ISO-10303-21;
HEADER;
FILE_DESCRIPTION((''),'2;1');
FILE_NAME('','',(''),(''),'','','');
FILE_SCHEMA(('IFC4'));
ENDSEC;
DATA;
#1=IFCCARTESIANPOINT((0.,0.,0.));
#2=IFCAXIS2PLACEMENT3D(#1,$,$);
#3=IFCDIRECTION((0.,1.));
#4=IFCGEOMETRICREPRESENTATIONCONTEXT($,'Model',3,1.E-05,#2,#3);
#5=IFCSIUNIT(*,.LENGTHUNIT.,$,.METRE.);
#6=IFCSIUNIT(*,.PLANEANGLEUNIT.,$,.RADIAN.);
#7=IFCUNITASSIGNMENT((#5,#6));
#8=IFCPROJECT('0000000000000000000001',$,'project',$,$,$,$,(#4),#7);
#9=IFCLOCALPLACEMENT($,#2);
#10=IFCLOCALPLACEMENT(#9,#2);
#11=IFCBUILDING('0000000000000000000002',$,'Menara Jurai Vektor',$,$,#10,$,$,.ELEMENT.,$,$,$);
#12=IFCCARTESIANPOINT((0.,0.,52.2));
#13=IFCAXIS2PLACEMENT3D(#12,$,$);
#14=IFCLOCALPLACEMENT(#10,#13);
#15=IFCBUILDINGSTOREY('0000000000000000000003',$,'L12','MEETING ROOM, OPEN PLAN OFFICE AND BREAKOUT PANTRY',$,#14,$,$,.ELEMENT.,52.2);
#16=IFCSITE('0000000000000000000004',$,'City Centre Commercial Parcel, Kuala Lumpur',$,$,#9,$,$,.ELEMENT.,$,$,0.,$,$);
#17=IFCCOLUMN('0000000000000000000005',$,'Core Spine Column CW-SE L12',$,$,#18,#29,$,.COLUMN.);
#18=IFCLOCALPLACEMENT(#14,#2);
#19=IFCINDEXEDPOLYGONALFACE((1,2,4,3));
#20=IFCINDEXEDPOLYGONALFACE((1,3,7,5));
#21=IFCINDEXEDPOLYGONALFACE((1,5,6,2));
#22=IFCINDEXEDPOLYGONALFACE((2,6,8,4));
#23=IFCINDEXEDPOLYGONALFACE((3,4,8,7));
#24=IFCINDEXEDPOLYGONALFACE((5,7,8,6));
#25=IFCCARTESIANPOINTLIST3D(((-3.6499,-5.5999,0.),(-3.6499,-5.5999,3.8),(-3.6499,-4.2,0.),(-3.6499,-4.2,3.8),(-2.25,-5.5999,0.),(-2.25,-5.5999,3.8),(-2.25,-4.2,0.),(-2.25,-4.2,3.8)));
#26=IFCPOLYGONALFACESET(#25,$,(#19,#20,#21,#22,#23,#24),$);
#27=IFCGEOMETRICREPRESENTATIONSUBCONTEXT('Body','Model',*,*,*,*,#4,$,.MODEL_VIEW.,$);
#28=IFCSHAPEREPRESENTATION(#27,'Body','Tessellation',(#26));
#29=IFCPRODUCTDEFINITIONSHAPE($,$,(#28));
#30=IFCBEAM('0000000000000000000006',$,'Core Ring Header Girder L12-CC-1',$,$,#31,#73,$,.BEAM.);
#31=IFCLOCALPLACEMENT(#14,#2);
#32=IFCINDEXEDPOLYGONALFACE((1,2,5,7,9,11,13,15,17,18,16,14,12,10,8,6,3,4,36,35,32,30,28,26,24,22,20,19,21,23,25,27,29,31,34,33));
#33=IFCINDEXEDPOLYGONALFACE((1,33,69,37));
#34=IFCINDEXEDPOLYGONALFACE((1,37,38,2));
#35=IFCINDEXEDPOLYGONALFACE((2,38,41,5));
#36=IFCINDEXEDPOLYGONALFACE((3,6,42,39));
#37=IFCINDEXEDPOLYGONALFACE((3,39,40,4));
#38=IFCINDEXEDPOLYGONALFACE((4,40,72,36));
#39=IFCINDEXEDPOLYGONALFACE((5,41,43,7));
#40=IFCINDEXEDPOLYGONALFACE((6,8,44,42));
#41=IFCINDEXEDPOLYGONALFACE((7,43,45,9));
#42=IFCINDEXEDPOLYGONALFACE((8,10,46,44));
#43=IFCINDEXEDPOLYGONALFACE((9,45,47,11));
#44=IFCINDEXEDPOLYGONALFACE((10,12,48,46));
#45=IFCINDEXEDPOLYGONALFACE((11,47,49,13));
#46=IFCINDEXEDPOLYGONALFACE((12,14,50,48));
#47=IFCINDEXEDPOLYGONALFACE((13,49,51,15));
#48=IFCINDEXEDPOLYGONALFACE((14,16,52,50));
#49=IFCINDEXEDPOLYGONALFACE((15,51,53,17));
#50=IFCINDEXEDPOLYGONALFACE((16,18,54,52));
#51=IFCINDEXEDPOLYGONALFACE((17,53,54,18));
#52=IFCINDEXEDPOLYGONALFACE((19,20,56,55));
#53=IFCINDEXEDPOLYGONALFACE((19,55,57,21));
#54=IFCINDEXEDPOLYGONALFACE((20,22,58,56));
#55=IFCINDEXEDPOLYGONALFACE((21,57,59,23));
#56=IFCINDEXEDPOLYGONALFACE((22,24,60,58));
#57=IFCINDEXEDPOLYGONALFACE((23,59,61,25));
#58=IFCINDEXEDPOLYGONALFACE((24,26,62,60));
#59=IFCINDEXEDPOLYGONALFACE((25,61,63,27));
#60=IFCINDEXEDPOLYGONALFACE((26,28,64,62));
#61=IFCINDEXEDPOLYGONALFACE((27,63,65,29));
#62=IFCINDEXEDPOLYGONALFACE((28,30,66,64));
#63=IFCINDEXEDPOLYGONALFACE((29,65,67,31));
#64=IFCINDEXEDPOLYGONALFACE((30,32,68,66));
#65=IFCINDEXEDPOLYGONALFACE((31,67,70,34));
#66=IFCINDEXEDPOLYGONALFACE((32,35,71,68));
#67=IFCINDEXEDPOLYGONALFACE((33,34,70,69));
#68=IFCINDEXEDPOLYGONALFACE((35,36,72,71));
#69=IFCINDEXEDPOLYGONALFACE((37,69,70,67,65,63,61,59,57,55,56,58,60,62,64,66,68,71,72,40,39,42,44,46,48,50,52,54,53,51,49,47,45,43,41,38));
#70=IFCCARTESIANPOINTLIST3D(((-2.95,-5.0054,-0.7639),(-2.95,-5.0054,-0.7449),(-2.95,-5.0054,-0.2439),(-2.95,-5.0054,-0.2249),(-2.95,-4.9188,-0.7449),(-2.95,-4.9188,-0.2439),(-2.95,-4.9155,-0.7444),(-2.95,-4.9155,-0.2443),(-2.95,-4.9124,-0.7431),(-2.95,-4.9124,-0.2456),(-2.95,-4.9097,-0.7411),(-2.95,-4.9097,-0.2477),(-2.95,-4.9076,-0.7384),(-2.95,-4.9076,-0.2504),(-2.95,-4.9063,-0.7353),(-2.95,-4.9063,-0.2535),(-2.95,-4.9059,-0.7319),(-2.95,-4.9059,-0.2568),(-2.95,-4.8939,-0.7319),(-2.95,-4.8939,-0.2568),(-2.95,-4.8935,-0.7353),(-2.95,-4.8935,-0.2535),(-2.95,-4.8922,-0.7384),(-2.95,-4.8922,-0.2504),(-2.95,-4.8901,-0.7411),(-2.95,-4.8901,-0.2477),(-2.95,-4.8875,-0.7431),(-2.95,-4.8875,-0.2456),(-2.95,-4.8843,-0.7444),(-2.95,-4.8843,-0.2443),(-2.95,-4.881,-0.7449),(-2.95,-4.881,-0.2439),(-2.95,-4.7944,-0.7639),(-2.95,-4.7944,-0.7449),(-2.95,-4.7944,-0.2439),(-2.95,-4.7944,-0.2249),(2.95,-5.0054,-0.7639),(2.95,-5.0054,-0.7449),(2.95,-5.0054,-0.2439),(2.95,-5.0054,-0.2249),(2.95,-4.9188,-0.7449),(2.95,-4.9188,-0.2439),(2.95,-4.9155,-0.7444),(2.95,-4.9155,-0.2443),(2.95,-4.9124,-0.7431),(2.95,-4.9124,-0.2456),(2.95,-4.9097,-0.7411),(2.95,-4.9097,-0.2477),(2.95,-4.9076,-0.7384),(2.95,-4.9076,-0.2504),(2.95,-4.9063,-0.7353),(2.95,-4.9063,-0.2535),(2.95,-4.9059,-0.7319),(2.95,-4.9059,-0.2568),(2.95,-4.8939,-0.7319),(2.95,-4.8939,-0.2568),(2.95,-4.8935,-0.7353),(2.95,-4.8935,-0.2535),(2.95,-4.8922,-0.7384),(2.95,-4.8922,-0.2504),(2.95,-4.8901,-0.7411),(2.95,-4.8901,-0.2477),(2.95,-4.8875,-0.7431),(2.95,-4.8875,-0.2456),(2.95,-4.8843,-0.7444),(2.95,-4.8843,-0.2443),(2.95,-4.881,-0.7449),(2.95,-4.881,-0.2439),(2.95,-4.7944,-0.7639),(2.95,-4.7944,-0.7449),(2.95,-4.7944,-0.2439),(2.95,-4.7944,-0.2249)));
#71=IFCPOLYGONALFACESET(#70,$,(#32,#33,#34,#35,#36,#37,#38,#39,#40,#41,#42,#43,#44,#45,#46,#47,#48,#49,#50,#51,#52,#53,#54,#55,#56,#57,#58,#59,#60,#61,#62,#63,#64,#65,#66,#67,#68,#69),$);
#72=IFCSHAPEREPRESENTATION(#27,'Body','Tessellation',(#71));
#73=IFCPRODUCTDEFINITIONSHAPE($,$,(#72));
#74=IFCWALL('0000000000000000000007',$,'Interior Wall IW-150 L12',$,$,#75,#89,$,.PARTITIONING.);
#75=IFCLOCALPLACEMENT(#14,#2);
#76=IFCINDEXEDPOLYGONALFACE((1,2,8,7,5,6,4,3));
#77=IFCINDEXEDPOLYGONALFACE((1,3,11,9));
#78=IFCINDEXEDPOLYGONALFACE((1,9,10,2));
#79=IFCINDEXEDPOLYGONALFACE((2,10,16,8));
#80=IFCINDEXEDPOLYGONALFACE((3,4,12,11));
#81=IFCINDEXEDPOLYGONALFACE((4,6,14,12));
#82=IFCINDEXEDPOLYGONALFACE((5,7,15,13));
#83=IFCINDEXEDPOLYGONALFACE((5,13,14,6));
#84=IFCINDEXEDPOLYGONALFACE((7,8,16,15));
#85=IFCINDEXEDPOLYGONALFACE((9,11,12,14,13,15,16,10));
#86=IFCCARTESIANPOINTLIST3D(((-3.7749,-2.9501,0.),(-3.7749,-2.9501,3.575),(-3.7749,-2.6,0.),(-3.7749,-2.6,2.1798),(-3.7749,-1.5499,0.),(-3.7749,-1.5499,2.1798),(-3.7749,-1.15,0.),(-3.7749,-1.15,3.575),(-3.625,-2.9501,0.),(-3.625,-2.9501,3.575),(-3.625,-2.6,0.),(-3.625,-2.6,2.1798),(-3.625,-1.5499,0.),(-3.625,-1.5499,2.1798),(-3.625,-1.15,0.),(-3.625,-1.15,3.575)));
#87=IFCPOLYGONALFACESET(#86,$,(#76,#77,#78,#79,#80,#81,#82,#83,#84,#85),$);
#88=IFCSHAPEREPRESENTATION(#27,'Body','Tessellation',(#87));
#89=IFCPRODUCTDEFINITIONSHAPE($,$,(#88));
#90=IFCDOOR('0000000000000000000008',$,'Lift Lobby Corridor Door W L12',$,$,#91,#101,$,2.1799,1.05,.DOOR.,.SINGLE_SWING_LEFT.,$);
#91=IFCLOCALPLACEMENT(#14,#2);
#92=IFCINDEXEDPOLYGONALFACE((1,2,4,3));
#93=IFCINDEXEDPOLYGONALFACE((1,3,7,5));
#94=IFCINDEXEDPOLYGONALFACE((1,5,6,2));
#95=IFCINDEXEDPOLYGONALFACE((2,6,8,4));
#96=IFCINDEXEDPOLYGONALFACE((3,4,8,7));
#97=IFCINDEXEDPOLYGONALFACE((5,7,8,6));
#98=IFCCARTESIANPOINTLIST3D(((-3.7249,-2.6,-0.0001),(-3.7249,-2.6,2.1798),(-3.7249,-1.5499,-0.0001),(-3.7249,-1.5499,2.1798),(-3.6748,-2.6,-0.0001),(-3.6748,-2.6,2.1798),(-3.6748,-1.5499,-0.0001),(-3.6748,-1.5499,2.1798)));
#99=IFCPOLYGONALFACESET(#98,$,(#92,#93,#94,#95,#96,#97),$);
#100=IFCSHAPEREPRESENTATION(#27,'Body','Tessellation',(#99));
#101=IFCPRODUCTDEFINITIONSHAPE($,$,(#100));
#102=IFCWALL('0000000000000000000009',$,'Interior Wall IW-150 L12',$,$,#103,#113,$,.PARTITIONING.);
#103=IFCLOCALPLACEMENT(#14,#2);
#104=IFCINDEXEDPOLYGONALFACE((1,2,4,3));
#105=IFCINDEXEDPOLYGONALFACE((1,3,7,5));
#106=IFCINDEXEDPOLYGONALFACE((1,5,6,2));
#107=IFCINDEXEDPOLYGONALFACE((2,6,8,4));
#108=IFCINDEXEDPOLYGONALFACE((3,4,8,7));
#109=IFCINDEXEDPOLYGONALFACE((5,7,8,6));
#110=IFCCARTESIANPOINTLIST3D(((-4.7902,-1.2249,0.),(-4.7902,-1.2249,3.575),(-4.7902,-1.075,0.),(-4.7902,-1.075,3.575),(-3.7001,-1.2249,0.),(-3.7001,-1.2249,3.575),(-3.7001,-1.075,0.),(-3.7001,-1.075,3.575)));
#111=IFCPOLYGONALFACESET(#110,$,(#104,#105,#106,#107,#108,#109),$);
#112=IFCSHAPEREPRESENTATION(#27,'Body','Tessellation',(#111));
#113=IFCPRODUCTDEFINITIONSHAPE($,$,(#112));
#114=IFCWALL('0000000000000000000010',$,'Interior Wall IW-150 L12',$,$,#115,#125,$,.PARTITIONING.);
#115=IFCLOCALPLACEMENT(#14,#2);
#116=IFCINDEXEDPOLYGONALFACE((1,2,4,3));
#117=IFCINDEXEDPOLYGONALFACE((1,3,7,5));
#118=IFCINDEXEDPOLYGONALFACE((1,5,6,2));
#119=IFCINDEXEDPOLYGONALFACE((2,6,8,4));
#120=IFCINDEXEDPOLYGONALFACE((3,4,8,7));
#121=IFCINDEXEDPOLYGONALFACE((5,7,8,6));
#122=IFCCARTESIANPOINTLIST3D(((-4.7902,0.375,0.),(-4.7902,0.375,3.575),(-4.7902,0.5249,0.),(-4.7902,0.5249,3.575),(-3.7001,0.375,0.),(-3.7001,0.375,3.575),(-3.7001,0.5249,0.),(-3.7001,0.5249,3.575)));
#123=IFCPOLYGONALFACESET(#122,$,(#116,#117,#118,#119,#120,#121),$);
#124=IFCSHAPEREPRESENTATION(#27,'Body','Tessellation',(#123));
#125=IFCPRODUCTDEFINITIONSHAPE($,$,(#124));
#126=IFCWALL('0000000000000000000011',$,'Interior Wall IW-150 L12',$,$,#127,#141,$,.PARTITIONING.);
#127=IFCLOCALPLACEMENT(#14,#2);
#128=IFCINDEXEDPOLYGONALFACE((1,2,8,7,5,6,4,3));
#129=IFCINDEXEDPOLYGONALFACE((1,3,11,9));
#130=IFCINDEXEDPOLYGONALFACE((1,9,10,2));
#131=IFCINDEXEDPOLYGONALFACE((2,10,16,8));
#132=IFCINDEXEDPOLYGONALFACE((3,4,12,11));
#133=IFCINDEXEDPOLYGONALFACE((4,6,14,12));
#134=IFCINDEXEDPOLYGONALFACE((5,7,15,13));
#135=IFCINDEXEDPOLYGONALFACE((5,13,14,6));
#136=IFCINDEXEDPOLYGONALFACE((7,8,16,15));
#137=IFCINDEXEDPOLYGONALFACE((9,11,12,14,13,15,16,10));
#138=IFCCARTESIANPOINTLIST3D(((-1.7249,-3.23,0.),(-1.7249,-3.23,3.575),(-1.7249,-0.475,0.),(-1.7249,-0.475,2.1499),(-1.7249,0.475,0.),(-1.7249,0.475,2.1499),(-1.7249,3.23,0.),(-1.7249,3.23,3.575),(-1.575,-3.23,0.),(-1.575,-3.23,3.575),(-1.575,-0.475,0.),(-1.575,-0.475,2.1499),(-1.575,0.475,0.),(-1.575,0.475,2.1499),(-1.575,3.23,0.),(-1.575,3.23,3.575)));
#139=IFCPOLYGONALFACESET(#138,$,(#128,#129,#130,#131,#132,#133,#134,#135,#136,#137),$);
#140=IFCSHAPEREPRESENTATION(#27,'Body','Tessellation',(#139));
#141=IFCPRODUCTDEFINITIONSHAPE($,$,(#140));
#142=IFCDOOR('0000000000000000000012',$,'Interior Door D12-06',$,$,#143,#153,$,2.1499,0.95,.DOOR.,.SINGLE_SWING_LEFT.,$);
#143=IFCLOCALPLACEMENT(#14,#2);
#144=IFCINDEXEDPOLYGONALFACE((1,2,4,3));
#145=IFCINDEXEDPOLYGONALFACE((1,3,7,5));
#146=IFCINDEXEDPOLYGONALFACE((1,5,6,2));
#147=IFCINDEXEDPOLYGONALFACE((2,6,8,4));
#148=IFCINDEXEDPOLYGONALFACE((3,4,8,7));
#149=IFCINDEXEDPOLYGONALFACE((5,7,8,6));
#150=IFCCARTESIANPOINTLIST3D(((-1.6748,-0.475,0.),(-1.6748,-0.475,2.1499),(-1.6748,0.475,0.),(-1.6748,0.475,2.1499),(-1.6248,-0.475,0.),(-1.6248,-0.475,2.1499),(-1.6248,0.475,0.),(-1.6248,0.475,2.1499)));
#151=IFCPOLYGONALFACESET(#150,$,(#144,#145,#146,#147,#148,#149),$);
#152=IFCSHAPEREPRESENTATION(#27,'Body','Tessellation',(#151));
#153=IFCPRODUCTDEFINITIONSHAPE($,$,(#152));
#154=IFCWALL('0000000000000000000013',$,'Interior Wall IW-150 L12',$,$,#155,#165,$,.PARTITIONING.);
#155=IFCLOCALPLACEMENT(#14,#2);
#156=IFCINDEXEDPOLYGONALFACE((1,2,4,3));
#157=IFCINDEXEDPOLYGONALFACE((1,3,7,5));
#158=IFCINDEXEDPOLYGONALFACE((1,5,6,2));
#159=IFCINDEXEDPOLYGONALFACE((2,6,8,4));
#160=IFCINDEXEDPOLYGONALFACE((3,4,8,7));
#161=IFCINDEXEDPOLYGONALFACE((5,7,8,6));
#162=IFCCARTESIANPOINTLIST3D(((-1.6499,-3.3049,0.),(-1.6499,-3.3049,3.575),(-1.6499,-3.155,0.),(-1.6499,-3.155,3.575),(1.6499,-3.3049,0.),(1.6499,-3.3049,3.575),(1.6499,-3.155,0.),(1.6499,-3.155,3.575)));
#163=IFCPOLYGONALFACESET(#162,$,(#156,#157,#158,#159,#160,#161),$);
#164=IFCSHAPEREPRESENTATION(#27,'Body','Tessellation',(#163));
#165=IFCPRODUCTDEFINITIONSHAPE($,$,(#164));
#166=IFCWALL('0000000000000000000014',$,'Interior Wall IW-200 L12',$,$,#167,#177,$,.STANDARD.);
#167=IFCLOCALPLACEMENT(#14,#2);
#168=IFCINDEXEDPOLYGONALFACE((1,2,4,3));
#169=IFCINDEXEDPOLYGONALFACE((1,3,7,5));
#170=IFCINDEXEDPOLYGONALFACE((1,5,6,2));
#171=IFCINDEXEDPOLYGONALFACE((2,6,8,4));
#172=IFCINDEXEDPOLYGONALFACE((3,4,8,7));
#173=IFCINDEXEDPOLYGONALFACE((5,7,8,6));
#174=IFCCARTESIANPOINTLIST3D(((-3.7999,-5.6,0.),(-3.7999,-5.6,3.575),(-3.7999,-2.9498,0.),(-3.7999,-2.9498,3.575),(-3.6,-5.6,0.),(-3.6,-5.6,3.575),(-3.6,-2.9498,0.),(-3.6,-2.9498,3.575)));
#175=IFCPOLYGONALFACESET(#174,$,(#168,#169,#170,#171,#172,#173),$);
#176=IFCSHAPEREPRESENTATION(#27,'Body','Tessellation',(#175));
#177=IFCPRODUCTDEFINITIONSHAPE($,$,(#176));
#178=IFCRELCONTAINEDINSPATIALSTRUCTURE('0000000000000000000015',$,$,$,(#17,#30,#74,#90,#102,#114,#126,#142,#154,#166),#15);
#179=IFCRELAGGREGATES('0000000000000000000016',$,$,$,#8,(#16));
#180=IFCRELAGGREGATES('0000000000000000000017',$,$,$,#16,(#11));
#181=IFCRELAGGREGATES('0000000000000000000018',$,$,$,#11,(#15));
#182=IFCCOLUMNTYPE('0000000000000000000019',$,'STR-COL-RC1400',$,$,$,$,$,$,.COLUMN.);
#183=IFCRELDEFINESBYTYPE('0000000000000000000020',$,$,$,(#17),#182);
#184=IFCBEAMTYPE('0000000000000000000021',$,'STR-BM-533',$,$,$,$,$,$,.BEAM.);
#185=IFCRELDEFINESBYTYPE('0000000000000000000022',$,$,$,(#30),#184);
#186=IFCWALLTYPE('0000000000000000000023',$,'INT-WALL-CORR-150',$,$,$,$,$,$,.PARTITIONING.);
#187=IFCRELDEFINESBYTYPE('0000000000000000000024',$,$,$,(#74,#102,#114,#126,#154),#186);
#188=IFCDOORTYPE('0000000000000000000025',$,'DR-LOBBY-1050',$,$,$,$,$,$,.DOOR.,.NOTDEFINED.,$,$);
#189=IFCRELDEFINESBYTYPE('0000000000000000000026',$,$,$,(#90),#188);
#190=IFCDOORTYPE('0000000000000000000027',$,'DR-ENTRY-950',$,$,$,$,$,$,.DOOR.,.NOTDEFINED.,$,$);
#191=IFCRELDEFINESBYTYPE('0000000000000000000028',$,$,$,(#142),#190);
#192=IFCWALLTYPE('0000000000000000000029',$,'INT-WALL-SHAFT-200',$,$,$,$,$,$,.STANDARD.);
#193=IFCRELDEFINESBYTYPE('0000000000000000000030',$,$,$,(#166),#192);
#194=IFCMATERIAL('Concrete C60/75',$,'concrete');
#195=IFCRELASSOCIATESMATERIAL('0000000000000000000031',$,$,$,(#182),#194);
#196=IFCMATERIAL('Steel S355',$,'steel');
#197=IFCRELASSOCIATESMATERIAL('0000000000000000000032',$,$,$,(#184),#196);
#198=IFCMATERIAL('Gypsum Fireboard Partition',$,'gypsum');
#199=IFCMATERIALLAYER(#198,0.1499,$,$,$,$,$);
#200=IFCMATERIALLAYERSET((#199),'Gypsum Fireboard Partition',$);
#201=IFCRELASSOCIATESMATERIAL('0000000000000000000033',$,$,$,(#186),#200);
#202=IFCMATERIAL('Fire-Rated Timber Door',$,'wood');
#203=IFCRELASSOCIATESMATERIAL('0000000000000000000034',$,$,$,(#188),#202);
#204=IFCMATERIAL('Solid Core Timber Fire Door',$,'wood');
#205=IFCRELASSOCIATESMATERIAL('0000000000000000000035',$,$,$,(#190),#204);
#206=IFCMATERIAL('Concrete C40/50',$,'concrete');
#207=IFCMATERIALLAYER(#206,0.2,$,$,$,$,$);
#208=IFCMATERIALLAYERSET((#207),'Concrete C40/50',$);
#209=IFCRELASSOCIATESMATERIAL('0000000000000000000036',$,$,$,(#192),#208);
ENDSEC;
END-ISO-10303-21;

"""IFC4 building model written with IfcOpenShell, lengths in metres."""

from ifc_helpers import new_model, si_unit, direction, frame, frame_2d, origin, origin_2d, place, context, subcontext, project, spatial, rectangle, i_section, extrude, material, layer, layer_set, material_profile, profile_set, type_object, element, fill, save


model = new_model("IFC4")

# Units and contexts
model_context = context("Model", 3, precision=1e-05, world=origin(), true_north=direction((0.0, 1.0)))
body_context = subcontext(model_context, "Body", "Model", "MODEL_VIEW")
ifc_project = project(units=[si_unit("LENGTHUNIT", "METRE"), si_unit("PLANEANGLEUNIT", "RADIAN")], contexts=[model_context])

# Site, building, storey
site_placement = place(None, origin())
site = spatial("IfcSite", under=ifc_project, at=site_placement, Name="City Centre Commercial Parcel, Kuala Lumpur", CompositionType="ELEMENT", RefElevation=0.0)
building_placement = place(site_placement, origin())
building = spatial("IfcBuilding", under=site, at=building_placement, Name="Menara Jurai Vektor", CompositionType="ELEMENT")
storey_placement = place(building_placement, frame((0.0, 0.0, 52.2)))
storey = spatial("IfcBuildingStorey", under=building, at=storey_placement, Name="L12", Description="MEETING ROOM, OPEN PLAN OFFICE AND BREAKOUT PANTRY", CompositionType="ELEMENT", Elevation=52.2)

# Column
ifc_material_1 = material(Name="Concrete C60/75", Category="concrete")
ifc_material_profile_1 = material_profile(ifc_material_1, rectangle(XDim=1.3999, YDim=1.3999, at=origin_2d()), Name="RC 1400x1400")
ifc_profile_set_1 = profile_set([ifc_material_profile_1], Name="Concrete C60/75")
column_type = type_object("IfcColumnType", Name="STR-COL-RC1400", PredefinedType="COLUMN", material=ifc_profile_set_1)
column_placement = place(storey_placement, frame((-2.95, -4.8999, 0.0), z_axis=(0.0, 0.0, 1.0), x_axis=(1.0, 0.0, 0.0)))
element("IfcColumn", 1, at=column_placement, inside=storey, type_object=column_type, Name="Core Spine Column CW-SE L12", PredefinedType="COLUMN", context=body_context, shape_type="SweptSolid", body=[
    extrude(rectangle(XDim=1.3999, YDim=1.3999, at=origin_2d()), origin(), (0.0, 0.0, 1.0), 3.8),
])

# Beam
ifc_material_2 = material(Name="Steel S355", Category="steel")
ifc_material_profile_2 = material_profile(ifc_material_2, i_section(OverallWidth=0.2109, OverallDepth=0.5391, WebThickness=0.012, FlangeThickness=0.019, FilletRadius=0.0129, at=origin_2d()), Name="UKB 533x210x109")
ifc_profile_set_2 = profile_set([ifc_material_profile_2], Name="Steel S355")
beam_type = type_object("IfcBeamType", Name="STR-BM-533", PredefinedType="BEAM", material=ifc_profile_set_2)
beam_placement = place(storey_placement, frame((-2.95, -4.8999, -0.4944), z_axis=(1.0, 0.0, 0.0), x_axis=(0.0, 1.0, 0.0)))
element("IfcBeam", 2, at=beam_placement, inside=storey, type_object=beam_type, Name="Core Ring Header Girder L12-CC-1", PredefinedType="BEAM", context=body_context, shape_type="SweptSolid", body=[
    extrude(i_section(OverallWidth=0.2109, OverallDepth=0.5391, WebThickness=0.012, FlangeThickness=0.019, FilletRadius=0.0129, at=origin_2d()), origin(), (0.0, 0.0, 1.0), 5.8999),
])

# Wall, opening, door
ifc_material_3 = material(Name="Gypsum Fireboard Partition", Category="gypsum")
ifc_layer_1 = layer(ifc_material_3, 0.1499)
ifc_layer_set_1 = layer_set([ifc_layer_1], Name="Gypsum Fireboard Partition")
wall_type_1 = type_object("IfcWallType", Name="INT-WALL-CORR-150", PredefinedType="PARTITIONING", material=ifc_layer_set_1)
wall_1_placement = place(storey_placement, frame((-3.7, -2.95, 0.0), z_axis=(0.0, 0.0, 1.0), x_axis=(0.0, 1.0, 0.0)))
wall_1 = element("IfcWall", 3, at=wall_1_placement, inside=storey, type_object=wall_type_1, Name="Interior Wall IW-150 L12", PredefinedType="PARTITIONING", context=body_context, shape_type="SweptSolid", body=[
    extrude(rectangle(XDim=1.8, YDim=0.1499, at=frame_2d((0.8999, 0.0))), origin(), (0.0, 0.0, 1.0), 3.575),
])
opening_1_placement = place(wall_1_placement, frame((0.3501, 0.0, 0.0)))
opening_1 = element("IfcOpeningElement", 4, at=opening_1_placement, cuts=wall_1, PredefinedType="OPENING", context=body_context, shape_type="SweptSolid", body=[
    extrude(rectangle(XDim=1.05, YDim=2.1799, at=frame_2d((0.5249, 1.0898))), frame((0.0, 0.085, 0.0), z_axis=(0.0, -1.0, 0.0), x_axis=(1.0, 0.0, 0.0)), (0.0, 0.0, 1.0), 0.1699),
])
ifc_material_4 = material(Name="Fire-Rated Timber Door", Category="wood")
door_type_1 = type_object("IfcDoorType", Name="DR-LOBBY-1050", OperationType="NOTDEFINED", PredefinedType="DOOR", material=ifc_material_4)
door_1_placement = place(opening_1_placement, origin())
door_1 = element("IfcDoor", 5, at=door_1_placement, inside=storey, type_object=door_type_1, Name="Lift Lobby Corridor Door W L12", OperationType="SINGLE_SWING_LEFT", OverallHeight=2.1799, OverallWidth=1.05, PredefinedType="DOOR", context=body_context, shape_type="SweptSolid", body=[
    extrude(rectangle(XDim=1.05, YDim=2.1799, at=frame_2d((0.5249, 1.0898))), frame((0.0, 0.0249, 0.0), z_axis=(0.0, -1.0, 0.0), x_axis=(1.0, 0.0, 0.0)), (0.0, 0.0, 1.0), 0.05),
])
fill(opening_1, door_1)

# Walls
for number, where, z_axis, x_axis, name in (
    (6, (-4.79, -1.1499, 0.0), (0.0, 0.0, 1.0), (1.0, 0.0, 0.0), "Interior Wall IW-150 L12"),
    (7, (-4.79, 0.45, 0.0), (0.0, 0.0, 1.0), (1.0, 0.0, 0.0), "Interior Wall IW-150 L12"),
):
    element("IfcWall", number, at=place(storey_placement, frame(where, z_axis=z_axis, x_axis=x_axis)), inside=storey, type_object=wall_type_1, Name=name, PredefinedType="PARTITIONING", context=body_context, shape_type="SweptSolid", body=[
        extrude(rectangle(XDim=1.0901, YDim=0.1499, at=frame_2d((0.5449, 0.0))), origin(), (0.0, 0.0, 1.0), 3.575),
    ])

# Wall, opening, door
wall_2_placement = place(storey_placement, frame((-1.6499, -3.23, 0.0), z_axis=(0.0, 0.0, 1.0), x_axis=(0.0, 1.0, 0.0)))
wall_2 = element("IfcWall", 8, at=wall_2_placement, inside=storey, type_object=wall_type_1, Name="Interior Wall IW-150 L12", PredefinedType="PARTITIONING", context=body_context, shape_type="SweptSolid", body=[
    extrude(rectangle(XDim=6.46, YDim=0.1499, at=frame_2d((3.23, 0.0))), origin(), (0.0, 0.0, 1.0), 3.575),
])
opening_2_placement = place(wall_2_placement, frame((2.7549, 0.0, 0.0)))
opening_2 = element("IfcOpeningElement", 9, at=opening_2_placement, cuts=wall_2, PredefinedType="OPENING", context=body_context, shape_type="SweptSolid", body=[
    extrude(rectangle(XDim=0.95, YDim=2.1499, at=frame_2d((0.4751, 1.075))), frame((0.0, 0.085, 0.0), z_axis=(0.0, -1.0, 0.0), x_axis=(1.0, 0.0, 0.0)), (0.0, 0.0, 1.0), 0.1699),
])
ifc_material_5 = material(Name="Solid Core Timber Fire Door", Category="wood")
door_type_2 = type_object("IfcDoorType", Name="DR-ENTRY-950", OperationType="NOTDEFINED", PredefinedType="DOOR", material=ifc_material_5)
door_2_placement = place(opening_2_placement, origin())
door_2 = element("IfcDoor", 10, at=door_2_placement, inside=storey, type_object=door_type_2, Name="Interior Door D12-06", OperationType="SINGLE_SWING_LEFT", OverallHeight=2.1499, OverallWidth=0.95, PredefinedType="DOOR", context=body_context, shape_type="SweptSolid", body=[
    extrude(rectangle(XDim=0.95, YDim=2.1499, at=frame_2d((0.4751, 1.075))), frame((0.0, 0.0249, 0.0), z_axis=(0.0, -1.0, 0.0), x_axis=(1.0, 0.0, 0.0)), (0.0, 0.0, 1.0), 0.05),
])
fill(opening_2, door_2)

# Wall
wall_3_placement = place(storey_placement, frame((-1.6499, -3.23, 0.0), z_axis=(0.0, 0.0, 1.0), x_axis=(1.0, 0.0, 0.0)))
element("IfcWall", 11, at=wall_3_placement, inside=storey, type_object=wall_type_1, Name="Interior Wall IW-150 L12", PredefinedType="PARTITIONING", context=body_context, shape_type="SweptSolid", body=[
    extrude(rectangle(XDim=3.2998, YDim=0.1499, at=frame_2d((1.6499, 0.0))), origin(), (0.0, 0.0, 1.0), 3.575),
])

# Shared definitions
ifc_material_6 = material(Name="Concrete C40/50", Category="concrete")
ifc_layer_2 = layer(ifc_material_6, 0.2)
ifc_layer_set_2 = layer_set([ifc_layer_2], Name="Concrete C40/50")
wall_type_2 = type_object("IfcWallType", Name="INT-WALL-SHAFT-200", PredefinedType="STANDARD", material=ifc_layer_set_2)

# Wall
wall_4_placement = place(storey_placement, frame((-3.7, -5.6001, 0.0), z_axis=(0.0, 0.0, 1.0), x_axis=(0.0, 1.0, 0.0)))
element("IfcWall", 12, at=wall_4_placement, inside=storey, type_object=wall_type_2, Name="Interior Wall IW-200 L12", PredefinedType="STANDARD", context=body_context, shape_type="SweptSolid", body=[
    extrude(rectangle(XDim=2.6501, YDim=0.2, at=frame_2d((1.3252, 0.0))), origin(), (0.0, 0.0, 1.0), 3.575),
])

save(model, "model.ifc")
